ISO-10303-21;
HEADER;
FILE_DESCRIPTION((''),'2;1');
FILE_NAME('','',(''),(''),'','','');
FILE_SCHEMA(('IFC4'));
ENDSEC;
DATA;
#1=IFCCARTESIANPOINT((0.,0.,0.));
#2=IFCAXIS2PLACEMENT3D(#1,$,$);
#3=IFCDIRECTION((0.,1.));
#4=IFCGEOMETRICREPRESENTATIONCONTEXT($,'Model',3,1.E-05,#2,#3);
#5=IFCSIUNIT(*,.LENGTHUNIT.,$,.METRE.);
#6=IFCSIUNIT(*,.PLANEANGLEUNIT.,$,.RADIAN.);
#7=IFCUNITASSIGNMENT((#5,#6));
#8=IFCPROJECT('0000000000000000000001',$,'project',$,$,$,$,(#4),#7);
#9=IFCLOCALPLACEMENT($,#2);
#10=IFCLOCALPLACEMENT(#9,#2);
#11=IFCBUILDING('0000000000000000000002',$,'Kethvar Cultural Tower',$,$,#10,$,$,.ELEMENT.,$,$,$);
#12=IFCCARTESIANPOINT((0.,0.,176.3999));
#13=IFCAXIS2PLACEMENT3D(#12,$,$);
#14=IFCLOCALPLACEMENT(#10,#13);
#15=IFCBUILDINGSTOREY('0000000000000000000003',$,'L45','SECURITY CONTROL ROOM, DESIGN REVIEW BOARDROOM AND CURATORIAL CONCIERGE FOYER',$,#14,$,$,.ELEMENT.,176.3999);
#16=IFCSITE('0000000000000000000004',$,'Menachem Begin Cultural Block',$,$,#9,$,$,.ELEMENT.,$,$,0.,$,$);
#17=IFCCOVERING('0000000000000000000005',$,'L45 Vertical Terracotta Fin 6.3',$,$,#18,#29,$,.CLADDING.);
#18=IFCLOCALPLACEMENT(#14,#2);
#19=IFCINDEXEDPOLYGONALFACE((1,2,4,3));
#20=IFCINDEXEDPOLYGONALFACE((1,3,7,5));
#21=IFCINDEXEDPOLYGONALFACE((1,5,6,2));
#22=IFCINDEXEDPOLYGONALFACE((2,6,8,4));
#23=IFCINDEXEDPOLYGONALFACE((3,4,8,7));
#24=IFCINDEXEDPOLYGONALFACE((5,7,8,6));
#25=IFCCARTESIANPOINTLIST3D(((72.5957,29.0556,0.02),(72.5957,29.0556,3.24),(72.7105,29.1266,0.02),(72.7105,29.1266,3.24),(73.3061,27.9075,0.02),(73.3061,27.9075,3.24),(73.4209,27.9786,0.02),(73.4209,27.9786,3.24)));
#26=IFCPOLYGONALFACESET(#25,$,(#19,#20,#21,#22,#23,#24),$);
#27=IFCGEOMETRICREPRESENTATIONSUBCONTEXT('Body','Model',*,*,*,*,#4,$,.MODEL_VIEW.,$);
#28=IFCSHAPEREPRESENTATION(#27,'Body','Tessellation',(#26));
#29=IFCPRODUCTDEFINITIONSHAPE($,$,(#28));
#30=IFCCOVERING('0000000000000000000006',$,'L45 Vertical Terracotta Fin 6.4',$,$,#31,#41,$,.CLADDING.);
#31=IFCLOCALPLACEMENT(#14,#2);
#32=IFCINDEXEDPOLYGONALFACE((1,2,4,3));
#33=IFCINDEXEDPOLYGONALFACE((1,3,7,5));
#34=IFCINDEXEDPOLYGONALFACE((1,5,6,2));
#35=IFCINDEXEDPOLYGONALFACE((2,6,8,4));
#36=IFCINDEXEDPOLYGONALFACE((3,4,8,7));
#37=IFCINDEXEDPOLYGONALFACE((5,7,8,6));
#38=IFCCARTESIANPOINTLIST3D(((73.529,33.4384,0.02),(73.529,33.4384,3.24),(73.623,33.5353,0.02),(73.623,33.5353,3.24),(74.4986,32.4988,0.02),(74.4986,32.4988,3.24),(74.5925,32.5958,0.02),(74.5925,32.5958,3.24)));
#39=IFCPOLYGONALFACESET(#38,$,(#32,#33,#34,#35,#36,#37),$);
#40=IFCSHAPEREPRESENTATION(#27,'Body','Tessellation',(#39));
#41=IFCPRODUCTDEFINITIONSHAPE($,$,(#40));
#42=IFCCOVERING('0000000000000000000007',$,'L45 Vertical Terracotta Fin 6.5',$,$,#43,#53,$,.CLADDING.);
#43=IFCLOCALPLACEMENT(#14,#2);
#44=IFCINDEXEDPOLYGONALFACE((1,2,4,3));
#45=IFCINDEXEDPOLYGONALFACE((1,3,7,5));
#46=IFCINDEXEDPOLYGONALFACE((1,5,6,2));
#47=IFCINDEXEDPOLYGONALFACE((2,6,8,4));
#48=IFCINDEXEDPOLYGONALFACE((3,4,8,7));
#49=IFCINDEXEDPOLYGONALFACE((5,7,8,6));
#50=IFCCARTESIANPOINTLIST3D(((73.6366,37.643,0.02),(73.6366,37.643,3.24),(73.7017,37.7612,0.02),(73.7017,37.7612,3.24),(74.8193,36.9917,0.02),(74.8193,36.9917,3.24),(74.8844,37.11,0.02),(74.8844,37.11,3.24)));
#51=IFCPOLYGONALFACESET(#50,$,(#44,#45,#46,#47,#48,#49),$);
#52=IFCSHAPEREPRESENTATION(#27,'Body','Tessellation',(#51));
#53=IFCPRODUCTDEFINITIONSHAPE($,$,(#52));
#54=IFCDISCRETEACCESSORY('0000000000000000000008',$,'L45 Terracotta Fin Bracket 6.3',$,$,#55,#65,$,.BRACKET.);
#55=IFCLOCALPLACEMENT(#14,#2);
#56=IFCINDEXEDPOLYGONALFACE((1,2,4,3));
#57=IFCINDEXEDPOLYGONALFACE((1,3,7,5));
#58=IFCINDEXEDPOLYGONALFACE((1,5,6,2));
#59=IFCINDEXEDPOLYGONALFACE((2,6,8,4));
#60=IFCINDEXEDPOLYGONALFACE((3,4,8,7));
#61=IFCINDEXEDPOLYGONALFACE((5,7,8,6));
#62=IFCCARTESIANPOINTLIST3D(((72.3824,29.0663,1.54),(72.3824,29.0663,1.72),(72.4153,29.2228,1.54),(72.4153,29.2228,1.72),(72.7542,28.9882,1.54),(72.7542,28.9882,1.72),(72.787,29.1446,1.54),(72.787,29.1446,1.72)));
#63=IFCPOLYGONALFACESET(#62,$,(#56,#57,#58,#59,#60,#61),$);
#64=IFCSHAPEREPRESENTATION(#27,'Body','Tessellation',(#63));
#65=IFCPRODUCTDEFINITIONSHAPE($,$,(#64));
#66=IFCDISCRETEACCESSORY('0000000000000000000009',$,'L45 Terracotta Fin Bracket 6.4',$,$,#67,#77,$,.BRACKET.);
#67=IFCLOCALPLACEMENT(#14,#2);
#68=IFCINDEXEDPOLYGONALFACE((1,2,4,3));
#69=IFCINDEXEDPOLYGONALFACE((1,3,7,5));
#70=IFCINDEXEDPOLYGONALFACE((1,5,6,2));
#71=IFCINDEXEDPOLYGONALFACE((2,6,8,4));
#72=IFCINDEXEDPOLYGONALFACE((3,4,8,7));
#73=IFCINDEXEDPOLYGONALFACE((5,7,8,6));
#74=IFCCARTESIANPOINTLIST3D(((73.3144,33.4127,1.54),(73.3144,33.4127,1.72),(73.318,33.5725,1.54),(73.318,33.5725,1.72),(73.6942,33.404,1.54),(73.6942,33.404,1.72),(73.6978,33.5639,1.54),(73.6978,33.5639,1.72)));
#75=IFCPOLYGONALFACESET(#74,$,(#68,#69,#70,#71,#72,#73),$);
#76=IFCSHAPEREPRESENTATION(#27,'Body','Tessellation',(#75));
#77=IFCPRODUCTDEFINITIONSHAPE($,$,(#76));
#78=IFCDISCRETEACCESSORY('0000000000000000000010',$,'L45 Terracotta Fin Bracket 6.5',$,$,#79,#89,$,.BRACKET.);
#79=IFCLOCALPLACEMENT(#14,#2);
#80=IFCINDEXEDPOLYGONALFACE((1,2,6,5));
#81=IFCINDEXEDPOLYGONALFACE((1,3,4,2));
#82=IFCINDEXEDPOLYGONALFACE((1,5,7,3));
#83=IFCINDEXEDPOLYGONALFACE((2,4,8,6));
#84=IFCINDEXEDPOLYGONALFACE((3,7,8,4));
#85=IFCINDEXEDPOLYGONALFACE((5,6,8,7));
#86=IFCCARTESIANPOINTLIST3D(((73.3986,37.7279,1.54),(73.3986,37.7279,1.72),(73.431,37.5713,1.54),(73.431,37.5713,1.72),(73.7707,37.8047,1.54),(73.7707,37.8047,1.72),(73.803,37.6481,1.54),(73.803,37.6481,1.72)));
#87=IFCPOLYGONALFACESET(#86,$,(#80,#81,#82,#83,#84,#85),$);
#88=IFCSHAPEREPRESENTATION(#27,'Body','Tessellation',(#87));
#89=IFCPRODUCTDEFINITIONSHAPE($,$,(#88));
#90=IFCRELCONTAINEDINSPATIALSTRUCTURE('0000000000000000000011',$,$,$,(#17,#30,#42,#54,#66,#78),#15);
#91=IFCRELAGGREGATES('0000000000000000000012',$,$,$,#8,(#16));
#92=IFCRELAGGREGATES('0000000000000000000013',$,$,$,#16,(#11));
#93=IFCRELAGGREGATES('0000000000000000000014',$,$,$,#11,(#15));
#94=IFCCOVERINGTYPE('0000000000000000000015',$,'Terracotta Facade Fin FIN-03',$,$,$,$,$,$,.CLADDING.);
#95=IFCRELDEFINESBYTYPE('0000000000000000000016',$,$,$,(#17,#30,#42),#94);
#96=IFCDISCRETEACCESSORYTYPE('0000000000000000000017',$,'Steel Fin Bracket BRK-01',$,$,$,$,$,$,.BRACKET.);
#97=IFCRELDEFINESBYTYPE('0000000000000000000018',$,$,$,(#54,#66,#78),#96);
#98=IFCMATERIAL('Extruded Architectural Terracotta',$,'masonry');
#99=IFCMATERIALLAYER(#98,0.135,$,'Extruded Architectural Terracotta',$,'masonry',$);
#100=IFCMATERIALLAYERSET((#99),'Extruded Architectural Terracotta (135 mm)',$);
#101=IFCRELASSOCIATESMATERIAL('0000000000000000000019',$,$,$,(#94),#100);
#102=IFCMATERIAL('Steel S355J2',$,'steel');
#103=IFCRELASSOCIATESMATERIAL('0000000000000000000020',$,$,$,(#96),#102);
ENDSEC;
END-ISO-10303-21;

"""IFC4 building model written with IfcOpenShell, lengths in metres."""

from ifc_helpers import new_model, si_unit, direction, frame, origin, origin_2d, place, context, subcontext, project, spatial, rectangle, extrude, source, transform, mapped, material, layer, layer_set, type_object, element, save


model = new_model("IFC4")

# Units and contexts
model_context = context("Model", 3, precision=1e-05, world=origin(), true_north=direction((0.0, 1.0)))
body_context = subcontext(model_context, "Body", "Model", "MODEL_VIEW")
ifc_project = project(units=[si_unit("LENGTHUNIT", "METRE"), si_unit("PLANEANGLEUNIT", "RADIAN")], contexts=[model_context])

# Site, building, storey
site_placement = place(None, origin())
site = spatial("IfcSite", under=ifc_project, at=site_placement, Name="Menachem Begin Cultural Block", CompositionType="ELEMENT", RefElevation=0.0)
building_placement = place(site_placement, origin())
building = spatial("IfcBuilding", under=site, at=building_placement, Name="Kethvar Cultural Tower", CompositionType="ELEMENT")
storey_placement = place(building_placement, frame((0.0, 0.0, 176.3999)))
storey = spatial("IfcBuildingStorey", under=building, at=storey_placement, Name="L45", Description="SECURITY CONTROL ROOM, DESIGN REVIEW BOARDROOM AND CURATORIAL CONCIERGE FOYER", CompositionType="ELEMENT", Elevation=176.3999)

# Shared definitions
ifc_material_1 = material(Name="Steel S355J2", Category="steel")

# Coverings
ifc_material_2 = material(Name="Extruded Architectural Terracotta", Category="masonry")
ifc_layer_1 = layer(ifc_material_2, 0.135, Name="Extruded Architectural Terracotta", Category="masonry")
ifc_layer_set_1 = layer_set([ifc_layer_1], Name="Extruded Architectural Terracotta (135 mm)")
covering_type = type_object("IfcCoveringType", Name="Terracotta Facade Fin FIN-03", PredefinedType="CLADDING", material=ifc_layer_set_1)
shared_shape_1 = source(origin(), body_context, "Body", "SweptSolid", [
    extrude(rectangle(XDim=1.3501, YDim=0.135, at=origin_2d()), origin(), (0.0, 0.0, 1.0), 3.22),
])
for number, where, z_axis, x_axis, name in (
    (1, (73.0083, 28.5171, 0.02), (0.0, 0.0, 1.0), (0.526214, -0.850352, 0.0), "L45 Vertical Terracotta Fin 6.3"),
    (2, (74.0608, 33.0171, 0.02), (0.0, 0.0, 1.0), (0.718126, -0.695913, 0.0), "L45 Vertical Terracotta Fin 6.4"),
    (3, (74.2605, 37.3765, 0.02), (0.0, 0.0, 1.0), (0.87597, -0.482365, 0.0), "L45 Vertical Terracotta Fin 6.5"),
):
    element("IfcCovering", number, at=place(storey_placement, frame(where, z_axis=z_axis, x_axis=x_axis)), inside=storey, type_object=covering_type, Name=name, PredefinedType="CLADDING", context=body_context, shape_type="MappedRepresentation", body=[
        mapped(shared_shape_1, transform((0.0, 0.0, 0.0), scale=1.0)),
    ])

# Discrete accessories
discrete_accessory_type = type_object("IfcDiscreteAccessoryType", Name="Steel Fin Bracket BRK-01", PredefinedType="BRACKET", material=ifc_material_1)
shared_shape_2 = source(origin(), body_context, "Body", "SweptSolid", [
    extrude(rectangle(XDim=0.3799, YDim=0.1599, at=origin_2d()), origin(), (0.0, 0.0, 1.0), 0.1799),
])
for number, where, z_axis, x_axis, name in (
    (4, (72.5847, 29.1055, 1.54), (0.0, 0.0, 1.0), (0.978617, -0.205692, 0.0), "L45 Terracotta Fin Bracket 6.3"),
    (5, (73.5061, 33.4883, 1.54), (0.0, 0.0, 1.0), (0.999743, -0.022687, 0.0), "L45 Terracotta Fin Bracket 6.4"),
    (6, (73.6008, 37.688, 1.54), (0.0, 0.0, 1.0), (0.979329, 0.202275, 0.0), "L45 Terracotta Fin Bracket 6.5"),
):
    element("IfcDiscreteAccessory", number, at=place(storey_placement, frame(where, z_axis=z_axis, x_axis=x_axis)), inside=storey, type_object=discrete_accessory_type, Name=name, PredefinedType="BRACKET", context=body_context, shape_type="MappedRepresentation", body=[
        mapped(shared_shape_2, transform((0.0, 0.0, 0.0), scale=1.0)),
    ])

save(model, "model.ifc")
